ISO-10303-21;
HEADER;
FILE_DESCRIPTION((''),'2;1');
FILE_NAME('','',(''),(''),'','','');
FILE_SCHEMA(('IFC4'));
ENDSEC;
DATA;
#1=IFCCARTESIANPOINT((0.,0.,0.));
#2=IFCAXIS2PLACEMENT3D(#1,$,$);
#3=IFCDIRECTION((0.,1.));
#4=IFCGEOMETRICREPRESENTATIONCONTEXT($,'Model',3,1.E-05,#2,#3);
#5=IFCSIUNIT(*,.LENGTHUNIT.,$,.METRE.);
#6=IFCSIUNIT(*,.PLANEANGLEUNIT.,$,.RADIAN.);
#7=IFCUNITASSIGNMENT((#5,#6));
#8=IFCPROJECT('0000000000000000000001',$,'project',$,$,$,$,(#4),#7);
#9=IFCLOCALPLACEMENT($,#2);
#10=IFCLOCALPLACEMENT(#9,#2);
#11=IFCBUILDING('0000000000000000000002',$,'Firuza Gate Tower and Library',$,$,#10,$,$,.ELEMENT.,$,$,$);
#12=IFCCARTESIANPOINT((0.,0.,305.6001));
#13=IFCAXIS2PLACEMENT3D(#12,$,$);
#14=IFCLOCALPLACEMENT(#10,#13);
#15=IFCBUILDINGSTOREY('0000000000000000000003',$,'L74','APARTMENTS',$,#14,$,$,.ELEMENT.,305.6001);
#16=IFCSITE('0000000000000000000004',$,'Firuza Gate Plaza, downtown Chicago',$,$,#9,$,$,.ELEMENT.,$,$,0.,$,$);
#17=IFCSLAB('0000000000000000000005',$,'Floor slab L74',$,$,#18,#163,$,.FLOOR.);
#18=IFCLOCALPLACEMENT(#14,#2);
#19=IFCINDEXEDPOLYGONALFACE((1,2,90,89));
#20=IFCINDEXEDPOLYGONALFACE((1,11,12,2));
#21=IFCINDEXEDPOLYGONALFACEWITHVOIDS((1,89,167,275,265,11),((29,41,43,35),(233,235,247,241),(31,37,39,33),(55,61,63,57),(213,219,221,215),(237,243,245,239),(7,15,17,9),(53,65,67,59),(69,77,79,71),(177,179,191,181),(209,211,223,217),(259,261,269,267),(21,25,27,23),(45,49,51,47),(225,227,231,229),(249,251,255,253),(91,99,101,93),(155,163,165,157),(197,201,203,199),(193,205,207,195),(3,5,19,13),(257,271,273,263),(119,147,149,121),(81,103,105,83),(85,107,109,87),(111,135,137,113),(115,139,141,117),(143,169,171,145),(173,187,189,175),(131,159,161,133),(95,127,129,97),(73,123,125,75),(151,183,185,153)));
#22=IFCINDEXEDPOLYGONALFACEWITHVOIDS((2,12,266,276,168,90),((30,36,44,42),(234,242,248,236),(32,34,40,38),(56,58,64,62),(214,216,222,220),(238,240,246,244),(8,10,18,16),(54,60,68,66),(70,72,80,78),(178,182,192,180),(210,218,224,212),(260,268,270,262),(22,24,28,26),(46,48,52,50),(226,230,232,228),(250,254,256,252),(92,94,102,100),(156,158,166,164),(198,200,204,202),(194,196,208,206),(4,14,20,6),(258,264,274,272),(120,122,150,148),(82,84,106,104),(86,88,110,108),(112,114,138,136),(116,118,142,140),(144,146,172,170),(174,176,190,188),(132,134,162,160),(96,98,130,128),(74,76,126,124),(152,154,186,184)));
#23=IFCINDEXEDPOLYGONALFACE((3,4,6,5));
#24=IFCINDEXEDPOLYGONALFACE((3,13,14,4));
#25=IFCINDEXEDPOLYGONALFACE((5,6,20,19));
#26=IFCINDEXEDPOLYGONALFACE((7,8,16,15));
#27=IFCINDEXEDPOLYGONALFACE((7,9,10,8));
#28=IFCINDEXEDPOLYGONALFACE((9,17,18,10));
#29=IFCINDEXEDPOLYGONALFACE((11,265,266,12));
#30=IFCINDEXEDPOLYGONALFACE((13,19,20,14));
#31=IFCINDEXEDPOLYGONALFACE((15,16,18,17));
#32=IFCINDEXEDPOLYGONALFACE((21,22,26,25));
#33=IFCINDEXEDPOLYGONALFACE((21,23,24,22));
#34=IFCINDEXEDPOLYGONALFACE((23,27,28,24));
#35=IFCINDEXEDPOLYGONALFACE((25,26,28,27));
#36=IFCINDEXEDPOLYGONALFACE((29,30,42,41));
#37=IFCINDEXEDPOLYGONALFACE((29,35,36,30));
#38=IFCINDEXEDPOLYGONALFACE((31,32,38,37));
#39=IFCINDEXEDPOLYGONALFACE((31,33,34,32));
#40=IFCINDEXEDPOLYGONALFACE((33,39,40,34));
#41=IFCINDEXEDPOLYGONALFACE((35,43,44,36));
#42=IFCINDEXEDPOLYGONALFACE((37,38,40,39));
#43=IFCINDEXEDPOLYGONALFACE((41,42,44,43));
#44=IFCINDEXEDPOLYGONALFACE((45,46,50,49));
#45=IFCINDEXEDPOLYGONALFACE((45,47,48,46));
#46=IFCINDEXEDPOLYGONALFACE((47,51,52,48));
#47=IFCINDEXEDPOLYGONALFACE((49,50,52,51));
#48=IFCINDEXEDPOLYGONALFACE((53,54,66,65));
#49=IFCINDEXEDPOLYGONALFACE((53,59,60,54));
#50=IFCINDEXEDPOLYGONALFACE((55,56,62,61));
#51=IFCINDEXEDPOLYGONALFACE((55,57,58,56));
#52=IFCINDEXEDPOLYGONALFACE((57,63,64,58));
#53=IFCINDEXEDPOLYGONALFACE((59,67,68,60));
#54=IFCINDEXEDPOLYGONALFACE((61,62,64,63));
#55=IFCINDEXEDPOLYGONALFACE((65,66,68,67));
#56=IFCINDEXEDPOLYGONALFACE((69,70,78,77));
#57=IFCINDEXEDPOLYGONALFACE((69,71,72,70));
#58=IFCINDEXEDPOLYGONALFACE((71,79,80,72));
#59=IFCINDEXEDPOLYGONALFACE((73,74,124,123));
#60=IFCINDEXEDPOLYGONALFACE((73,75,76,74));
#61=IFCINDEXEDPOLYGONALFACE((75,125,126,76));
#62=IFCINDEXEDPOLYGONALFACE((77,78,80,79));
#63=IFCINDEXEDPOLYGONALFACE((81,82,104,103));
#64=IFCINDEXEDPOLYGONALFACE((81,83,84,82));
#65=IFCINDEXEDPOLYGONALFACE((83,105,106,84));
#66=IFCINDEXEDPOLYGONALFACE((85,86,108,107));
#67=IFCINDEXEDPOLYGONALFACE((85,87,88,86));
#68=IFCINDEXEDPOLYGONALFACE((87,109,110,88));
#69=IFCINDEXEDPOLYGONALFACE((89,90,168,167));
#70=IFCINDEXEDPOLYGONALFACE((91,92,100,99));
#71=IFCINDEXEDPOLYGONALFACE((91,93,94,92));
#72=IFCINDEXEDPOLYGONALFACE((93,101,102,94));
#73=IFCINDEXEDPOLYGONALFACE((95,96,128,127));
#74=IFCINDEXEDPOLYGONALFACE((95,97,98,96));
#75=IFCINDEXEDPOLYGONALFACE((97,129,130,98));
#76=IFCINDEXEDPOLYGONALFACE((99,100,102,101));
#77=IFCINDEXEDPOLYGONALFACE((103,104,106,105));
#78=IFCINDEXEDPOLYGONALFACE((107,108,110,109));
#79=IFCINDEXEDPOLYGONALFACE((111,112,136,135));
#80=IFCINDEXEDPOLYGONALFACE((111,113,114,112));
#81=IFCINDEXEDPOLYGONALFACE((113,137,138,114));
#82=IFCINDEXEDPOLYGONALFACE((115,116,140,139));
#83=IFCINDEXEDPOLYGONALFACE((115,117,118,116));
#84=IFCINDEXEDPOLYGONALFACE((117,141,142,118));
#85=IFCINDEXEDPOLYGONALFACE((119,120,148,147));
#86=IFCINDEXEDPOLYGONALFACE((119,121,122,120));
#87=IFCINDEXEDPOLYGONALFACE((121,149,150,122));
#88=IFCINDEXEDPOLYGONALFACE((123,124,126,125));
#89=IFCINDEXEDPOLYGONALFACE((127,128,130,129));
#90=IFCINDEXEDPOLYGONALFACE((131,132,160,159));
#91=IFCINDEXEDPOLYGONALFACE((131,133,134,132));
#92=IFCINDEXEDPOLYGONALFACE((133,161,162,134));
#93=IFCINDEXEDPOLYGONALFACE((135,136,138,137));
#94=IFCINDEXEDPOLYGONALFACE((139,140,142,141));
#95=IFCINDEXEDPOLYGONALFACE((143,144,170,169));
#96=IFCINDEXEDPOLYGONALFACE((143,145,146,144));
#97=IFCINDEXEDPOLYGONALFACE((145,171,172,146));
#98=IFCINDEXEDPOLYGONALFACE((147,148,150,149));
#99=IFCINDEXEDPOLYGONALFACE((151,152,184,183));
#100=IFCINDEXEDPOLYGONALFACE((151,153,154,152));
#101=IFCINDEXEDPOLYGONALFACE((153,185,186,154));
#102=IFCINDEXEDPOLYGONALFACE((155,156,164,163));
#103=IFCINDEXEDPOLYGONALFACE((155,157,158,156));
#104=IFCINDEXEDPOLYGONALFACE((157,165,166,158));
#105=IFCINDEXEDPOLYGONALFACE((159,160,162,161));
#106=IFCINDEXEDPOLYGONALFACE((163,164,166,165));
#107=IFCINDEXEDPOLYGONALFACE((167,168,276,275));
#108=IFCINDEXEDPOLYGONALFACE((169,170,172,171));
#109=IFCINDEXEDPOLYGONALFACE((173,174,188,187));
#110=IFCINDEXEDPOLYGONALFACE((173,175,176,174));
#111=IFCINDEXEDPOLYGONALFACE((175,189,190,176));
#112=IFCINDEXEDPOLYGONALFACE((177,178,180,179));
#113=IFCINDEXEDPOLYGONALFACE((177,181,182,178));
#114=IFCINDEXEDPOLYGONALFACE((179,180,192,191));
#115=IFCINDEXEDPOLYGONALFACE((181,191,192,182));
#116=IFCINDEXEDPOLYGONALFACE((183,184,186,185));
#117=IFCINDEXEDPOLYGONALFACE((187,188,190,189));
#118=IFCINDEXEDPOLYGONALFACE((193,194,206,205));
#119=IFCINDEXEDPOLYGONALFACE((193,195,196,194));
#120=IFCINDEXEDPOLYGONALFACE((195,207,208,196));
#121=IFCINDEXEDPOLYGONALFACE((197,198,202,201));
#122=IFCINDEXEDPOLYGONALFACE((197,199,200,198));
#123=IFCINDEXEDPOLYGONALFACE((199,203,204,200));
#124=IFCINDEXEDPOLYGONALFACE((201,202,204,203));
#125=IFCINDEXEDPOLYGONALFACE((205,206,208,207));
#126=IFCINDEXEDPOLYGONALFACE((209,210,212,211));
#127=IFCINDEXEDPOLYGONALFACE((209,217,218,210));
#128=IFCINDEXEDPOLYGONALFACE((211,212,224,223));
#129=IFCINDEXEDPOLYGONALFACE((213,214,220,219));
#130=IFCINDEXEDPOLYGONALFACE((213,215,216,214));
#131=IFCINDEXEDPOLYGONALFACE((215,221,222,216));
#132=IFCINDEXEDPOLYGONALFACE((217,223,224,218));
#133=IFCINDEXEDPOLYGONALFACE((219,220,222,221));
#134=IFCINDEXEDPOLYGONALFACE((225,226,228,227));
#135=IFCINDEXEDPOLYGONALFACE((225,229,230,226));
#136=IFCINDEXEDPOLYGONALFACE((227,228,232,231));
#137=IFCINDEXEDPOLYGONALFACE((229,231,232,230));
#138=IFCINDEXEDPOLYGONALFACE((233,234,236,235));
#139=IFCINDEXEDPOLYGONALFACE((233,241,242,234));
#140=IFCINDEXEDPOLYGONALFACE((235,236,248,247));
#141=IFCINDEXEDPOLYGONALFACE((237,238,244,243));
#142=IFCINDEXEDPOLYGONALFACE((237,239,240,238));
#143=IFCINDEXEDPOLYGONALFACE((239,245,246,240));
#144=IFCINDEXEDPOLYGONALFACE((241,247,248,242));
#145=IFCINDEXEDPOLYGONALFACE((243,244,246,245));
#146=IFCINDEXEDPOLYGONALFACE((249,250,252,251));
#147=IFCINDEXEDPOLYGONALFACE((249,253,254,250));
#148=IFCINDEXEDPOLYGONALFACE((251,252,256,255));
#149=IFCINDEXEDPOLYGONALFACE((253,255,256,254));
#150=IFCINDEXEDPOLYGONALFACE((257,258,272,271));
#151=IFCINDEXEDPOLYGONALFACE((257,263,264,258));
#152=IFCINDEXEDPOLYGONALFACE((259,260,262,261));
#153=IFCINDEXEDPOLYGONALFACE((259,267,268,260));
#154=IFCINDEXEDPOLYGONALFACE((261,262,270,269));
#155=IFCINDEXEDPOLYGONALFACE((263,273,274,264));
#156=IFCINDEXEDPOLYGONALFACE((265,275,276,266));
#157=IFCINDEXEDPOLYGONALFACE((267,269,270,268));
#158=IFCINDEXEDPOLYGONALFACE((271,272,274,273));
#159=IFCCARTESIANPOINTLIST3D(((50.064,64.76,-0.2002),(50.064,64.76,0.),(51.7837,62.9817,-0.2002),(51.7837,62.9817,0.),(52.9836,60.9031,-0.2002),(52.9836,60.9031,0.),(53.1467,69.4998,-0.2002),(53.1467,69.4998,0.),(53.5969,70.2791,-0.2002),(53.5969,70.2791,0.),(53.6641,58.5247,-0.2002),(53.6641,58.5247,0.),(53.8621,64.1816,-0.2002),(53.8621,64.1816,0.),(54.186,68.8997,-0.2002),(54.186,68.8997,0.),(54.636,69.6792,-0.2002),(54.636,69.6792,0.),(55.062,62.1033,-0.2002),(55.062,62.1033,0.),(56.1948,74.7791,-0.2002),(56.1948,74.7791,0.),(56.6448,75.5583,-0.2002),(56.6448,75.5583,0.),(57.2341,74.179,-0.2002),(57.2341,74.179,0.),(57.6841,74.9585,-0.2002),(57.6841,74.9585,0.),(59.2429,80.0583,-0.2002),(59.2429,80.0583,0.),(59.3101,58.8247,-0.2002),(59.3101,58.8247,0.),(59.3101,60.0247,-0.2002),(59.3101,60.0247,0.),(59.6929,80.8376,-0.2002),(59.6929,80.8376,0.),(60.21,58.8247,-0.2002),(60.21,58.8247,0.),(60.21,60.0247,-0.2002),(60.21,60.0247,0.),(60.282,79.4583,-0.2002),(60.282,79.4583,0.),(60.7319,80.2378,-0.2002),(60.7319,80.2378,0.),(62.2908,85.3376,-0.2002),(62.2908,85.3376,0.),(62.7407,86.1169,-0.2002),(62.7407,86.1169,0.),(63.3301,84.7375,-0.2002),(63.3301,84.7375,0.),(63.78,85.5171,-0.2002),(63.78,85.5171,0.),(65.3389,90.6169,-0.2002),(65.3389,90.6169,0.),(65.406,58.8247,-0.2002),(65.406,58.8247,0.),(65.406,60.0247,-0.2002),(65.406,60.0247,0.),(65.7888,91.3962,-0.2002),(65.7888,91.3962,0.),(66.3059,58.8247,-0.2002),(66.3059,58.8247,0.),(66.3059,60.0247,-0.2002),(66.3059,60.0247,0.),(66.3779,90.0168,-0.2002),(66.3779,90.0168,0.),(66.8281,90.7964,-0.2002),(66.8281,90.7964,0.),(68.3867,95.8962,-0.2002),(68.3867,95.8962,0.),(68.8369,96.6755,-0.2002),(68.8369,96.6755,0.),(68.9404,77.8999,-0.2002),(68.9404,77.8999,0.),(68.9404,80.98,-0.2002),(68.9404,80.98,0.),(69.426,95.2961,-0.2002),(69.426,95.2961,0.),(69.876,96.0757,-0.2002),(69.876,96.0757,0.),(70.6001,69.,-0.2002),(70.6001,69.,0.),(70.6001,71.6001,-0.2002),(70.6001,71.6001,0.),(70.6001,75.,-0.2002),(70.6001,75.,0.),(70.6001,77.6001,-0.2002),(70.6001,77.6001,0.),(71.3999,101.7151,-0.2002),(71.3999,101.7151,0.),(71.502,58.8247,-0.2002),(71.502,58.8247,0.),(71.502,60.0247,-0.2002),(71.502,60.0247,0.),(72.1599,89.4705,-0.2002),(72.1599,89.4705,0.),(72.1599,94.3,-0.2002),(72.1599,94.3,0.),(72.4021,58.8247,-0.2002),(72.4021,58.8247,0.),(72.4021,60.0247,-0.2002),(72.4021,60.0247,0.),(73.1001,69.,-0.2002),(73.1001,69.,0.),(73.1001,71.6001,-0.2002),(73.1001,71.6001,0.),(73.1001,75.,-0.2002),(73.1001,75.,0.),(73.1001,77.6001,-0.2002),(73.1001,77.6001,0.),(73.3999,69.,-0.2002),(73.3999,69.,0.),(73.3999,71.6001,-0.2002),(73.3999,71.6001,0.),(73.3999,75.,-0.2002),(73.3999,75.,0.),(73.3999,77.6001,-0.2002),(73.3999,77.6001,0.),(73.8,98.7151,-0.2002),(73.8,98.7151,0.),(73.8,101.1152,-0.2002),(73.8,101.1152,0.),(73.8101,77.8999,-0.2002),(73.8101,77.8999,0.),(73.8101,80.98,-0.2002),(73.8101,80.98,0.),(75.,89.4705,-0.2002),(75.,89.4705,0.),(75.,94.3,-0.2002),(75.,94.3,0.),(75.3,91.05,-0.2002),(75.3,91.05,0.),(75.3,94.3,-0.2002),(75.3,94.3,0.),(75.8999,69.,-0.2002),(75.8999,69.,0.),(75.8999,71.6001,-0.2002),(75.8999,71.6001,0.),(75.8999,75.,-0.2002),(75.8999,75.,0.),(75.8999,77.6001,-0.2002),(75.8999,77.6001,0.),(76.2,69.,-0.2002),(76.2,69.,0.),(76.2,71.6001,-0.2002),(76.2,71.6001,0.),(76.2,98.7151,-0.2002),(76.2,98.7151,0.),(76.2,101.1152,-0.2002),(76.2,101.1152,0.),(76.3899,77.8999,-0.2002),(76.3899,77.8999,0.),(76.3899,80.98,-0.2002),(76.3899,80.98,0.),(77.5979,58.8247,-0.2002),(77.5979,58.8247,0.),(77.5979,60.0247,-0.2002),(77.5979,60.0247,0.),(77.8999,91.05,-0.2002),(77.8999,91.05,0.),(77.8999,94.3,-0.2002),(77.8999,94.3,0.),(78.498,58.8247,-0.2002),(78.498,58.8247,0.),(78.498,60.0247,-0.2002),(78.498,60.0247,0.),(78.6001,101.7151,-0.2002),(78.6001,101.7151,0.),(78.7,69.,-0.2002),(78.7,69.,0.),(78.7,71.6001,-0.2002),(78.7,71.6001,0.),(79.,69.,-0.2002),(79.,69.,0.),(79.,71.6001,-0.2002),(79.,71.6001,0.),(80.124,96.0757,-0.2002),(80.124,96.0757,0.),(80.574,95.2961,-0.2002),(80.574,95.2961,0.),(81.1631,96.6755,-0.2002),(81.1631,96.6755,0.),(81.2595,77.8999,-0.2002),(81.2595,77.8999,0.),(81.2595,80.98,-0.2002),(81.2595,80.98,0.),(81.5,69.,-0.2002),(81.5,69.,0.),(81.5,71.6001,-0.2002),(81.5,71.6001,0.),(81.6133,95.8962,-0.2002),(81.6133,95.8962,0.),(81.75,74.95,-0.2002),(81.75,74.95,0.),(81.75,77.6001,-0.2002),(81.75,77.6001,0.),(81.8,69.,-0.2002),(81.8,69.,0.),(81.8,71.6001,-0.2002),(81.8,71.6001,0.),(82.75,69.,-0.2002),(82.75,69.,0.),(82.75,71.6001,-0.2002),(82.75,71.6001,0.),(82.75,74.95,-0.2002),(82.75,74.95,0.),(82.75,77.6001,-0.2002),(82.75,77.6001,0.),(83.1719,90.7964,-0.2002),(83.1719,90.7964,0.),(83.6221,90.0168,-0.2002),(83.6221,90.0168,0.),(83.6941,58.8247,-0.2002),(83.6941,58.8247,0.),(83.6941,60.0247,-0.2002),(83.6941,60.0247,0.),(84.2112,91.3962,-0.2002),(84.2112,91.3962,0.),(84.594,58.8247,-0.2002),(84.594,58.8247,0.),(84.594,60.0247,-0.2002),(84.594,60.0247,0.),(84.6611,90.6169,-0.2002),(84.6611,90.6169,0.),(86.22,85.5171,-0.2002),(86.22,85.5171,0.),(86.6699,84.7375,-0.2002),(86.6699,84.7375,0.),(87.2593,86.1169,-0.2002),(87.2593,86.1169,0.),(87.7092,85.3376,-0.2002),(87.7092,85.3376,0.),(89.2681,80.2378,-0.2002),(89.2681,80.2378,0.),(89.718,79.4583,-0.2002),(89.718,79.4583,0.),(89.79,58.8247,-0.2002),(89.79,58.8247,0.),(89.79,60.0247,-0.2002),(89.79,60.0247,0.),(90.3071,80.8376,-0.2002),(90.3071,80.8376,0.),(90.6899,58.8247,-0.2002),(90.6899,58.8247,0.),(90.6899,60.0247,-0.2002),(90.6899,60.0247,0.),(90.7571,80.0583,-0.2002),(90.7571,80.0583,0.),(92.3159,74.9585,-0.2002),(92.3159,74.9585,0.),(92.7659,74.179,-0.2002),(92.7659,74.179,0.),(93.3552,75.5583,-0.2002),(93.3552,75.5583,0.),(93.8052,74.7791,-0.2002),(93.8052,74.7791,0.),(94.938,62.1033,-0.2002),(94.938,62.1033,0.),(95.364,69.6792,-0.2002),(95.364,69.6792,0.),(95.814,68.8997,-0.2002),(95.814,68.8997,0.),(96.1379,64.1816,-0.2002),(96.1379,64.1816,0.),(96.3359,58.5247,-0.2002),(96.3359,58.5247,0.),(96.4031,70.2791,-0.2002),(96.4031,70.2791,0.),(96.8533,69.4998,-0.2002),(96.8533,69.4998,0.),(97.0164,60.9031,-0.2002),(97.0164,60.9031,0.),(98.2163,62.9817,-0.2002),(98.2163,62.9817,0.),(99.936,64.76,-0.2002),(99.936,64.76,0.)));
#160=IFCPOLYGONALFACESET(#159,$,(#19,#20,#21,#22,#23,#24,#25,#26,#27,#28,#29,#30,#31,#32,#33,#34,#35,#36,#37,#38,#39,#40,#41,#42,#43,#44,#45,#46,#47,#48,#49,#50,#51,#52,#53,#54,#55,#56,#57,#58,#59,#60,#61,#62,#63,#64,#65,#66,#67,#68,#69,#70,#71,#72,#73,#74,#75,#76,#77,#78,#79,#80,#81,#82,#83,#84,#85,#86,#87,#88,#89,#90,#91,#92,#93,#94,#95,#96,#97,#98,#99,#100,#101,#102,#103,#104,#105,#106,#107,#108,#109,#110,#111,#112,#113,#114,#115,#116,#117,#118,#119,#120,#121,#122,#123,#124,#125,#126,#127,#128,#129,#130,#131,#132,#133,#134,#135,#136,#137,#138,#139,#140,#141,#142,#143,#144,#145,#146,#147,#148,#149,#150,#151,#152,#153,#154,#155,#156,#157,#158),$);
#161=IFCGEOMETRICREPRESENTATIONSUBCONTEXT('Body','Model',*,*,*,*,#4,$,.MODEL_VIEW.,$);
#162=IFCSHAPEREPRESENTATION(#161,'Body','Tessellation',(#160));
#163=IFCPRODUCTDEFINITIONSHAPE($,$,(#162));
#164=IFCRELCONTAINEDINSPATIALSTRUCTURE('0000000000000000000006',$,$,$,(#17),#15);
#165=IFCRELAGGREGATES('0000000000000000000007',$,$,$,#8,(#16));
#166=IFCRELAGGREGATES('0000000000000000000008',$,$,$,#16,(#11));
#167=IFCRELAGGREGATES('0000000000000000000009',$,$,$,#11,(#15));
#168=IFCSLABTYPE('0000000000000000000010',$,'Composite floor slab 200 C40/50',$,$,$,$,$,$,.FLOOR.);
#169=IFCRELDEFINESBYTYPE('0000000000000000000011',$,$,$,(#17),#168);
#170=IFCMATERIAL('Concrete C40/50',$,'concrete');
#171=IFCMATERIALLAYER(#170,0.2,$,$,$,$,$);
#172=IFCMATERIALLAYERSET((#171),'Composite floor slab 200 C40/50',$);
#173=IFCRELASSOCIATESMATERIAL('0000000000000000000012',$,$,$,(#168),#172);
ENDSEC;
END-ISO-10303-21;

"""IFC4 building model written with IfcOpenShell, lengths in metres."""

from ifc_helpers import new_model, si_unit, direction, frame, origin, place, context, subcontext, project, spatial, polyline, outline, extrude, material, layer, layer_set, type_object, element, save


model = new_model("IFC4")

# Units and contexts
model_context = context("Model", 3, precision=1e-05, world=origin(), true_north=direction((0.0, 1.0)))
body_context = subcontext(model_context, "Body", "Model", "MODEL_VIEW")
ifc_project = project(units=[si_unit("LENGTHUNIT", "METRE"), si_unit("PLANEANGLEUNIT", "RADIAN")], contexts=[model_context])

# Site, building, storey
site_placement = place(None, origin())
site = spatial("IfcSite", under=ifc_project, at=site_placement, Name="Firuza Gate Plaza, downtown Chicago", CompositionType="ELEMENT", RefElevation=0.0)
building_placement = place(site_placement, origin())
building = spatial("IfcBuilding", under=site, at=building_placement, Name="Firuza Gate Tower and Library", CompositionType="ELEMENT")
storey_placement = place(building_placement, frame((0.0, 0.0, 305.6001)))
storey = spatial("IfcBuildingStorey", under=building, at=storey_placement, Name="L74", Description="APARTMENTS", CompositionType="ELEMENT", Elevation=305.6001)

# Slab
ifc_material_1 = material(Name="Concrete C40/50", Category="concrete")
ifc_layer_1 = layer(ifc_material_1, 0.2)
ifc_layer_set_1 = layer_set([ifc_layer_1], Name="Composite floor slab 200 C40/50")
slab_type_1 = type_object("IfcSlabType", Name="Composite floor slab 200 C40/50", PredefinedType="FLOOR", material=ifc_layer_set_1)
slab_1_placement = place(storey_placement, frame((0.0, 0.0, -0.2002)))
element("IfcSlab", 1, at=slab_1_placement, inside=storey, type_object=slab_type_1, Name="Floor slab L74", PredefinedType="FLOOR", context=body_context, shape_type="SweptSolid", body=[
    extrude(outline(polyline([(50.064, 64.76), (53.6641, 58.5247), (96.3359, 58.5247), (99.936, 64.76), (78.6001, 101.7151), (71.3999, 101.7151), (50.064, 64.76)]), holes=[polyline([(59.3101, 58.8247), (59.3101, 60.0247), (60.21, 60.0247), (60.21, 58.8247), (59.3101, 58.8247)]), polyline([(65.406, 58.8247), (65.406, 60.0247), (66.3059, 60.0247), (66.3059, 58.8247), (65.406, 58.8247)]), polyline([(71.502, 58.8247), (71.502, 60.0247), (72.4021, 60.0247), (72.4021, 58.8247), (71.502, 58.8247)]), polyline([(51.7837, 62.9817), (53.8621, 64.1816), (55.062, 62.1033), (52.9836, 60.9031), (51.7837, 62.9817)]), polyline([(53.5969, 70.2791), (54.636, 69.6792), (54.186, 68.8997), (53.1467, 69.4998), (53.5969, 70.2791)]), polyline([(73.1001, 69.0), (70.6001, 69.0), (70.6001, 71.6001), (73.1001, 71.6001), (73.1001, 69.0)]), polyline([(75.8999, 69.0), (73.3999, 69.0), (73.3999, 71.6001), (75.8999, 71.6001), (75.8999, 69.0)]), polyline([(56.6448, 75.5583), (57.6841, 74.9585), (57.2341, 74.179), (56.1948, 74.7791), (56.6448, 75.5583)]), polyline([(73.1001, 75.0), (70.6001, 75.0), (70.6001, 77.6001), (73.1001, 77.6001), (73.1001, 75.0)]), polyline([(75.8999, 75.0), (73.3999, 75.0), (73.3999, 77.6001), (75.8999, 77.6001), (75.8999, 75.0)]), polyline([(68.9404, 77.8999), (68.9404, 80.98), (73.8101, 80.98), (73.8101, 77.8999), (68.9404, 77.8999)]), polyline([(59.6929, 80.8376), (60.7319, 80.2378), (60.282, 79.4583), (59.2429, 80.0583), (59.6929, 80.8376)]), polyline([(62.7407, 86.1169), (63.78, 85.5171), (63.3301, 84.7375), (62.2908, 85.3376), (62.7407, 86.1169)]), polyline([(65.7888, 91.3962), (66.8281, 90.7964), (66.3779, 90.0168), (65.3389, 90.6169), (65.7888, 91.3962)]), polyline([(72.1599, 89.4705), (72.1599, 94.3), (75.0, 94.3), (75.0, 89.4705), (72.1599, 89.4705)]), polyline([(68.8369, 96.6755), (69.876, 96.0757), (69.426, 95.2961), (68.3867, 95.8962), (68.8369, 96.6755)]), polyline([(76.2, 101.1152), (76.2, 98.7151), (73.8, 98.7151), (73.8, 101.1152), (76.2, 101.1152)]), polyline([(77.5979, 58.8247), (77.5979, 60.0247), (78.498, 60.0247), (78.498, 58.8247), (77.5979, 58.8247)]), polyline([(83.6941, 58.8247), (83.6941, 60.0247), (84.594, 60.0247), (84.594, 58.8247), (83.6941, 58.8247)]), polyline([(89.79, 58.8247), (89.79, 60.0247), (90.6899, 60.0247), (90.6899, 58.8247), (89.79, 58.8247)]), polyline([(97.0164, 60.9031), (94.938, 62.1033), (96.1379, 64.1816), (98.2163, 62.9817), (97.0164, 60.9031)]), polyline([(96.8533, 69.4998), (95.814, 68.8997), (95.364, 69.6792), (96.4031, 70.2791), (96.8533, 69.4998)]), polyline([(78.7, 69.0), (76.2, 69.0), (76.2, 71.6001), (78.7, 71.6001), (78.7, 69.0)]), polyline([(81.5, 69.0), (79.0, 69.0), (79.0, 71.6001), (81.5, 71.6001), (81.5, 69.0)]), polyline([(82.75, 69.0), (81.8, 69.0), (81.8, 71.6001), (82.75, 71.6001), (82.75, 69.0)]), polyline([(93.8052, 74.7791), (92.7659, 74.179), (92.3159, 74.9585), (93.3552, 75.5583), (93.8052, 74.7791)]), polyline([(82.75, 74.95), (81.75, 74.95), (81.75, 77.6001), (82.75, 77.6001), (82.75, 74.95)]), polyline([(81.2595, 80.98), (81.2595, 77.8999), (76.3899, 77.8999), (76.3899, 80.98), (81.2595, 80.98)]), polyline([(90.7571, 80.0583), (89.718, 79.4583), (89.2681, 80.2378), (90.3071, 80.8376), (90.7571, 80.0583)]), polyline([(87.7092, 85.3376), (86.6699, 84.7375), (86.22, 85.5171), (87.2593, 86.1169), (87.7092, 85.3376)]), polyline([(84.6611, 90.6169), (83.6221, 90.0168), (83.1719, 90.7964), (84.2112, 91.3962), (84.6611, 90.6169)]), polyline([(75.3, 91.05), (75.3, 94.3), (77.8999, 94.3), (77.8999, 91.05), (75.3, 91.05)]), polyline([(80.574, 95.2961), (80.124, 96.0757), (81.1631, 96.6755), (81.6133, 95.8962), (80.574, 95.2961)])]), origin(), (0.0, 0.0, 1.0), 0.2002),
])

save(model, "model.ifc")
